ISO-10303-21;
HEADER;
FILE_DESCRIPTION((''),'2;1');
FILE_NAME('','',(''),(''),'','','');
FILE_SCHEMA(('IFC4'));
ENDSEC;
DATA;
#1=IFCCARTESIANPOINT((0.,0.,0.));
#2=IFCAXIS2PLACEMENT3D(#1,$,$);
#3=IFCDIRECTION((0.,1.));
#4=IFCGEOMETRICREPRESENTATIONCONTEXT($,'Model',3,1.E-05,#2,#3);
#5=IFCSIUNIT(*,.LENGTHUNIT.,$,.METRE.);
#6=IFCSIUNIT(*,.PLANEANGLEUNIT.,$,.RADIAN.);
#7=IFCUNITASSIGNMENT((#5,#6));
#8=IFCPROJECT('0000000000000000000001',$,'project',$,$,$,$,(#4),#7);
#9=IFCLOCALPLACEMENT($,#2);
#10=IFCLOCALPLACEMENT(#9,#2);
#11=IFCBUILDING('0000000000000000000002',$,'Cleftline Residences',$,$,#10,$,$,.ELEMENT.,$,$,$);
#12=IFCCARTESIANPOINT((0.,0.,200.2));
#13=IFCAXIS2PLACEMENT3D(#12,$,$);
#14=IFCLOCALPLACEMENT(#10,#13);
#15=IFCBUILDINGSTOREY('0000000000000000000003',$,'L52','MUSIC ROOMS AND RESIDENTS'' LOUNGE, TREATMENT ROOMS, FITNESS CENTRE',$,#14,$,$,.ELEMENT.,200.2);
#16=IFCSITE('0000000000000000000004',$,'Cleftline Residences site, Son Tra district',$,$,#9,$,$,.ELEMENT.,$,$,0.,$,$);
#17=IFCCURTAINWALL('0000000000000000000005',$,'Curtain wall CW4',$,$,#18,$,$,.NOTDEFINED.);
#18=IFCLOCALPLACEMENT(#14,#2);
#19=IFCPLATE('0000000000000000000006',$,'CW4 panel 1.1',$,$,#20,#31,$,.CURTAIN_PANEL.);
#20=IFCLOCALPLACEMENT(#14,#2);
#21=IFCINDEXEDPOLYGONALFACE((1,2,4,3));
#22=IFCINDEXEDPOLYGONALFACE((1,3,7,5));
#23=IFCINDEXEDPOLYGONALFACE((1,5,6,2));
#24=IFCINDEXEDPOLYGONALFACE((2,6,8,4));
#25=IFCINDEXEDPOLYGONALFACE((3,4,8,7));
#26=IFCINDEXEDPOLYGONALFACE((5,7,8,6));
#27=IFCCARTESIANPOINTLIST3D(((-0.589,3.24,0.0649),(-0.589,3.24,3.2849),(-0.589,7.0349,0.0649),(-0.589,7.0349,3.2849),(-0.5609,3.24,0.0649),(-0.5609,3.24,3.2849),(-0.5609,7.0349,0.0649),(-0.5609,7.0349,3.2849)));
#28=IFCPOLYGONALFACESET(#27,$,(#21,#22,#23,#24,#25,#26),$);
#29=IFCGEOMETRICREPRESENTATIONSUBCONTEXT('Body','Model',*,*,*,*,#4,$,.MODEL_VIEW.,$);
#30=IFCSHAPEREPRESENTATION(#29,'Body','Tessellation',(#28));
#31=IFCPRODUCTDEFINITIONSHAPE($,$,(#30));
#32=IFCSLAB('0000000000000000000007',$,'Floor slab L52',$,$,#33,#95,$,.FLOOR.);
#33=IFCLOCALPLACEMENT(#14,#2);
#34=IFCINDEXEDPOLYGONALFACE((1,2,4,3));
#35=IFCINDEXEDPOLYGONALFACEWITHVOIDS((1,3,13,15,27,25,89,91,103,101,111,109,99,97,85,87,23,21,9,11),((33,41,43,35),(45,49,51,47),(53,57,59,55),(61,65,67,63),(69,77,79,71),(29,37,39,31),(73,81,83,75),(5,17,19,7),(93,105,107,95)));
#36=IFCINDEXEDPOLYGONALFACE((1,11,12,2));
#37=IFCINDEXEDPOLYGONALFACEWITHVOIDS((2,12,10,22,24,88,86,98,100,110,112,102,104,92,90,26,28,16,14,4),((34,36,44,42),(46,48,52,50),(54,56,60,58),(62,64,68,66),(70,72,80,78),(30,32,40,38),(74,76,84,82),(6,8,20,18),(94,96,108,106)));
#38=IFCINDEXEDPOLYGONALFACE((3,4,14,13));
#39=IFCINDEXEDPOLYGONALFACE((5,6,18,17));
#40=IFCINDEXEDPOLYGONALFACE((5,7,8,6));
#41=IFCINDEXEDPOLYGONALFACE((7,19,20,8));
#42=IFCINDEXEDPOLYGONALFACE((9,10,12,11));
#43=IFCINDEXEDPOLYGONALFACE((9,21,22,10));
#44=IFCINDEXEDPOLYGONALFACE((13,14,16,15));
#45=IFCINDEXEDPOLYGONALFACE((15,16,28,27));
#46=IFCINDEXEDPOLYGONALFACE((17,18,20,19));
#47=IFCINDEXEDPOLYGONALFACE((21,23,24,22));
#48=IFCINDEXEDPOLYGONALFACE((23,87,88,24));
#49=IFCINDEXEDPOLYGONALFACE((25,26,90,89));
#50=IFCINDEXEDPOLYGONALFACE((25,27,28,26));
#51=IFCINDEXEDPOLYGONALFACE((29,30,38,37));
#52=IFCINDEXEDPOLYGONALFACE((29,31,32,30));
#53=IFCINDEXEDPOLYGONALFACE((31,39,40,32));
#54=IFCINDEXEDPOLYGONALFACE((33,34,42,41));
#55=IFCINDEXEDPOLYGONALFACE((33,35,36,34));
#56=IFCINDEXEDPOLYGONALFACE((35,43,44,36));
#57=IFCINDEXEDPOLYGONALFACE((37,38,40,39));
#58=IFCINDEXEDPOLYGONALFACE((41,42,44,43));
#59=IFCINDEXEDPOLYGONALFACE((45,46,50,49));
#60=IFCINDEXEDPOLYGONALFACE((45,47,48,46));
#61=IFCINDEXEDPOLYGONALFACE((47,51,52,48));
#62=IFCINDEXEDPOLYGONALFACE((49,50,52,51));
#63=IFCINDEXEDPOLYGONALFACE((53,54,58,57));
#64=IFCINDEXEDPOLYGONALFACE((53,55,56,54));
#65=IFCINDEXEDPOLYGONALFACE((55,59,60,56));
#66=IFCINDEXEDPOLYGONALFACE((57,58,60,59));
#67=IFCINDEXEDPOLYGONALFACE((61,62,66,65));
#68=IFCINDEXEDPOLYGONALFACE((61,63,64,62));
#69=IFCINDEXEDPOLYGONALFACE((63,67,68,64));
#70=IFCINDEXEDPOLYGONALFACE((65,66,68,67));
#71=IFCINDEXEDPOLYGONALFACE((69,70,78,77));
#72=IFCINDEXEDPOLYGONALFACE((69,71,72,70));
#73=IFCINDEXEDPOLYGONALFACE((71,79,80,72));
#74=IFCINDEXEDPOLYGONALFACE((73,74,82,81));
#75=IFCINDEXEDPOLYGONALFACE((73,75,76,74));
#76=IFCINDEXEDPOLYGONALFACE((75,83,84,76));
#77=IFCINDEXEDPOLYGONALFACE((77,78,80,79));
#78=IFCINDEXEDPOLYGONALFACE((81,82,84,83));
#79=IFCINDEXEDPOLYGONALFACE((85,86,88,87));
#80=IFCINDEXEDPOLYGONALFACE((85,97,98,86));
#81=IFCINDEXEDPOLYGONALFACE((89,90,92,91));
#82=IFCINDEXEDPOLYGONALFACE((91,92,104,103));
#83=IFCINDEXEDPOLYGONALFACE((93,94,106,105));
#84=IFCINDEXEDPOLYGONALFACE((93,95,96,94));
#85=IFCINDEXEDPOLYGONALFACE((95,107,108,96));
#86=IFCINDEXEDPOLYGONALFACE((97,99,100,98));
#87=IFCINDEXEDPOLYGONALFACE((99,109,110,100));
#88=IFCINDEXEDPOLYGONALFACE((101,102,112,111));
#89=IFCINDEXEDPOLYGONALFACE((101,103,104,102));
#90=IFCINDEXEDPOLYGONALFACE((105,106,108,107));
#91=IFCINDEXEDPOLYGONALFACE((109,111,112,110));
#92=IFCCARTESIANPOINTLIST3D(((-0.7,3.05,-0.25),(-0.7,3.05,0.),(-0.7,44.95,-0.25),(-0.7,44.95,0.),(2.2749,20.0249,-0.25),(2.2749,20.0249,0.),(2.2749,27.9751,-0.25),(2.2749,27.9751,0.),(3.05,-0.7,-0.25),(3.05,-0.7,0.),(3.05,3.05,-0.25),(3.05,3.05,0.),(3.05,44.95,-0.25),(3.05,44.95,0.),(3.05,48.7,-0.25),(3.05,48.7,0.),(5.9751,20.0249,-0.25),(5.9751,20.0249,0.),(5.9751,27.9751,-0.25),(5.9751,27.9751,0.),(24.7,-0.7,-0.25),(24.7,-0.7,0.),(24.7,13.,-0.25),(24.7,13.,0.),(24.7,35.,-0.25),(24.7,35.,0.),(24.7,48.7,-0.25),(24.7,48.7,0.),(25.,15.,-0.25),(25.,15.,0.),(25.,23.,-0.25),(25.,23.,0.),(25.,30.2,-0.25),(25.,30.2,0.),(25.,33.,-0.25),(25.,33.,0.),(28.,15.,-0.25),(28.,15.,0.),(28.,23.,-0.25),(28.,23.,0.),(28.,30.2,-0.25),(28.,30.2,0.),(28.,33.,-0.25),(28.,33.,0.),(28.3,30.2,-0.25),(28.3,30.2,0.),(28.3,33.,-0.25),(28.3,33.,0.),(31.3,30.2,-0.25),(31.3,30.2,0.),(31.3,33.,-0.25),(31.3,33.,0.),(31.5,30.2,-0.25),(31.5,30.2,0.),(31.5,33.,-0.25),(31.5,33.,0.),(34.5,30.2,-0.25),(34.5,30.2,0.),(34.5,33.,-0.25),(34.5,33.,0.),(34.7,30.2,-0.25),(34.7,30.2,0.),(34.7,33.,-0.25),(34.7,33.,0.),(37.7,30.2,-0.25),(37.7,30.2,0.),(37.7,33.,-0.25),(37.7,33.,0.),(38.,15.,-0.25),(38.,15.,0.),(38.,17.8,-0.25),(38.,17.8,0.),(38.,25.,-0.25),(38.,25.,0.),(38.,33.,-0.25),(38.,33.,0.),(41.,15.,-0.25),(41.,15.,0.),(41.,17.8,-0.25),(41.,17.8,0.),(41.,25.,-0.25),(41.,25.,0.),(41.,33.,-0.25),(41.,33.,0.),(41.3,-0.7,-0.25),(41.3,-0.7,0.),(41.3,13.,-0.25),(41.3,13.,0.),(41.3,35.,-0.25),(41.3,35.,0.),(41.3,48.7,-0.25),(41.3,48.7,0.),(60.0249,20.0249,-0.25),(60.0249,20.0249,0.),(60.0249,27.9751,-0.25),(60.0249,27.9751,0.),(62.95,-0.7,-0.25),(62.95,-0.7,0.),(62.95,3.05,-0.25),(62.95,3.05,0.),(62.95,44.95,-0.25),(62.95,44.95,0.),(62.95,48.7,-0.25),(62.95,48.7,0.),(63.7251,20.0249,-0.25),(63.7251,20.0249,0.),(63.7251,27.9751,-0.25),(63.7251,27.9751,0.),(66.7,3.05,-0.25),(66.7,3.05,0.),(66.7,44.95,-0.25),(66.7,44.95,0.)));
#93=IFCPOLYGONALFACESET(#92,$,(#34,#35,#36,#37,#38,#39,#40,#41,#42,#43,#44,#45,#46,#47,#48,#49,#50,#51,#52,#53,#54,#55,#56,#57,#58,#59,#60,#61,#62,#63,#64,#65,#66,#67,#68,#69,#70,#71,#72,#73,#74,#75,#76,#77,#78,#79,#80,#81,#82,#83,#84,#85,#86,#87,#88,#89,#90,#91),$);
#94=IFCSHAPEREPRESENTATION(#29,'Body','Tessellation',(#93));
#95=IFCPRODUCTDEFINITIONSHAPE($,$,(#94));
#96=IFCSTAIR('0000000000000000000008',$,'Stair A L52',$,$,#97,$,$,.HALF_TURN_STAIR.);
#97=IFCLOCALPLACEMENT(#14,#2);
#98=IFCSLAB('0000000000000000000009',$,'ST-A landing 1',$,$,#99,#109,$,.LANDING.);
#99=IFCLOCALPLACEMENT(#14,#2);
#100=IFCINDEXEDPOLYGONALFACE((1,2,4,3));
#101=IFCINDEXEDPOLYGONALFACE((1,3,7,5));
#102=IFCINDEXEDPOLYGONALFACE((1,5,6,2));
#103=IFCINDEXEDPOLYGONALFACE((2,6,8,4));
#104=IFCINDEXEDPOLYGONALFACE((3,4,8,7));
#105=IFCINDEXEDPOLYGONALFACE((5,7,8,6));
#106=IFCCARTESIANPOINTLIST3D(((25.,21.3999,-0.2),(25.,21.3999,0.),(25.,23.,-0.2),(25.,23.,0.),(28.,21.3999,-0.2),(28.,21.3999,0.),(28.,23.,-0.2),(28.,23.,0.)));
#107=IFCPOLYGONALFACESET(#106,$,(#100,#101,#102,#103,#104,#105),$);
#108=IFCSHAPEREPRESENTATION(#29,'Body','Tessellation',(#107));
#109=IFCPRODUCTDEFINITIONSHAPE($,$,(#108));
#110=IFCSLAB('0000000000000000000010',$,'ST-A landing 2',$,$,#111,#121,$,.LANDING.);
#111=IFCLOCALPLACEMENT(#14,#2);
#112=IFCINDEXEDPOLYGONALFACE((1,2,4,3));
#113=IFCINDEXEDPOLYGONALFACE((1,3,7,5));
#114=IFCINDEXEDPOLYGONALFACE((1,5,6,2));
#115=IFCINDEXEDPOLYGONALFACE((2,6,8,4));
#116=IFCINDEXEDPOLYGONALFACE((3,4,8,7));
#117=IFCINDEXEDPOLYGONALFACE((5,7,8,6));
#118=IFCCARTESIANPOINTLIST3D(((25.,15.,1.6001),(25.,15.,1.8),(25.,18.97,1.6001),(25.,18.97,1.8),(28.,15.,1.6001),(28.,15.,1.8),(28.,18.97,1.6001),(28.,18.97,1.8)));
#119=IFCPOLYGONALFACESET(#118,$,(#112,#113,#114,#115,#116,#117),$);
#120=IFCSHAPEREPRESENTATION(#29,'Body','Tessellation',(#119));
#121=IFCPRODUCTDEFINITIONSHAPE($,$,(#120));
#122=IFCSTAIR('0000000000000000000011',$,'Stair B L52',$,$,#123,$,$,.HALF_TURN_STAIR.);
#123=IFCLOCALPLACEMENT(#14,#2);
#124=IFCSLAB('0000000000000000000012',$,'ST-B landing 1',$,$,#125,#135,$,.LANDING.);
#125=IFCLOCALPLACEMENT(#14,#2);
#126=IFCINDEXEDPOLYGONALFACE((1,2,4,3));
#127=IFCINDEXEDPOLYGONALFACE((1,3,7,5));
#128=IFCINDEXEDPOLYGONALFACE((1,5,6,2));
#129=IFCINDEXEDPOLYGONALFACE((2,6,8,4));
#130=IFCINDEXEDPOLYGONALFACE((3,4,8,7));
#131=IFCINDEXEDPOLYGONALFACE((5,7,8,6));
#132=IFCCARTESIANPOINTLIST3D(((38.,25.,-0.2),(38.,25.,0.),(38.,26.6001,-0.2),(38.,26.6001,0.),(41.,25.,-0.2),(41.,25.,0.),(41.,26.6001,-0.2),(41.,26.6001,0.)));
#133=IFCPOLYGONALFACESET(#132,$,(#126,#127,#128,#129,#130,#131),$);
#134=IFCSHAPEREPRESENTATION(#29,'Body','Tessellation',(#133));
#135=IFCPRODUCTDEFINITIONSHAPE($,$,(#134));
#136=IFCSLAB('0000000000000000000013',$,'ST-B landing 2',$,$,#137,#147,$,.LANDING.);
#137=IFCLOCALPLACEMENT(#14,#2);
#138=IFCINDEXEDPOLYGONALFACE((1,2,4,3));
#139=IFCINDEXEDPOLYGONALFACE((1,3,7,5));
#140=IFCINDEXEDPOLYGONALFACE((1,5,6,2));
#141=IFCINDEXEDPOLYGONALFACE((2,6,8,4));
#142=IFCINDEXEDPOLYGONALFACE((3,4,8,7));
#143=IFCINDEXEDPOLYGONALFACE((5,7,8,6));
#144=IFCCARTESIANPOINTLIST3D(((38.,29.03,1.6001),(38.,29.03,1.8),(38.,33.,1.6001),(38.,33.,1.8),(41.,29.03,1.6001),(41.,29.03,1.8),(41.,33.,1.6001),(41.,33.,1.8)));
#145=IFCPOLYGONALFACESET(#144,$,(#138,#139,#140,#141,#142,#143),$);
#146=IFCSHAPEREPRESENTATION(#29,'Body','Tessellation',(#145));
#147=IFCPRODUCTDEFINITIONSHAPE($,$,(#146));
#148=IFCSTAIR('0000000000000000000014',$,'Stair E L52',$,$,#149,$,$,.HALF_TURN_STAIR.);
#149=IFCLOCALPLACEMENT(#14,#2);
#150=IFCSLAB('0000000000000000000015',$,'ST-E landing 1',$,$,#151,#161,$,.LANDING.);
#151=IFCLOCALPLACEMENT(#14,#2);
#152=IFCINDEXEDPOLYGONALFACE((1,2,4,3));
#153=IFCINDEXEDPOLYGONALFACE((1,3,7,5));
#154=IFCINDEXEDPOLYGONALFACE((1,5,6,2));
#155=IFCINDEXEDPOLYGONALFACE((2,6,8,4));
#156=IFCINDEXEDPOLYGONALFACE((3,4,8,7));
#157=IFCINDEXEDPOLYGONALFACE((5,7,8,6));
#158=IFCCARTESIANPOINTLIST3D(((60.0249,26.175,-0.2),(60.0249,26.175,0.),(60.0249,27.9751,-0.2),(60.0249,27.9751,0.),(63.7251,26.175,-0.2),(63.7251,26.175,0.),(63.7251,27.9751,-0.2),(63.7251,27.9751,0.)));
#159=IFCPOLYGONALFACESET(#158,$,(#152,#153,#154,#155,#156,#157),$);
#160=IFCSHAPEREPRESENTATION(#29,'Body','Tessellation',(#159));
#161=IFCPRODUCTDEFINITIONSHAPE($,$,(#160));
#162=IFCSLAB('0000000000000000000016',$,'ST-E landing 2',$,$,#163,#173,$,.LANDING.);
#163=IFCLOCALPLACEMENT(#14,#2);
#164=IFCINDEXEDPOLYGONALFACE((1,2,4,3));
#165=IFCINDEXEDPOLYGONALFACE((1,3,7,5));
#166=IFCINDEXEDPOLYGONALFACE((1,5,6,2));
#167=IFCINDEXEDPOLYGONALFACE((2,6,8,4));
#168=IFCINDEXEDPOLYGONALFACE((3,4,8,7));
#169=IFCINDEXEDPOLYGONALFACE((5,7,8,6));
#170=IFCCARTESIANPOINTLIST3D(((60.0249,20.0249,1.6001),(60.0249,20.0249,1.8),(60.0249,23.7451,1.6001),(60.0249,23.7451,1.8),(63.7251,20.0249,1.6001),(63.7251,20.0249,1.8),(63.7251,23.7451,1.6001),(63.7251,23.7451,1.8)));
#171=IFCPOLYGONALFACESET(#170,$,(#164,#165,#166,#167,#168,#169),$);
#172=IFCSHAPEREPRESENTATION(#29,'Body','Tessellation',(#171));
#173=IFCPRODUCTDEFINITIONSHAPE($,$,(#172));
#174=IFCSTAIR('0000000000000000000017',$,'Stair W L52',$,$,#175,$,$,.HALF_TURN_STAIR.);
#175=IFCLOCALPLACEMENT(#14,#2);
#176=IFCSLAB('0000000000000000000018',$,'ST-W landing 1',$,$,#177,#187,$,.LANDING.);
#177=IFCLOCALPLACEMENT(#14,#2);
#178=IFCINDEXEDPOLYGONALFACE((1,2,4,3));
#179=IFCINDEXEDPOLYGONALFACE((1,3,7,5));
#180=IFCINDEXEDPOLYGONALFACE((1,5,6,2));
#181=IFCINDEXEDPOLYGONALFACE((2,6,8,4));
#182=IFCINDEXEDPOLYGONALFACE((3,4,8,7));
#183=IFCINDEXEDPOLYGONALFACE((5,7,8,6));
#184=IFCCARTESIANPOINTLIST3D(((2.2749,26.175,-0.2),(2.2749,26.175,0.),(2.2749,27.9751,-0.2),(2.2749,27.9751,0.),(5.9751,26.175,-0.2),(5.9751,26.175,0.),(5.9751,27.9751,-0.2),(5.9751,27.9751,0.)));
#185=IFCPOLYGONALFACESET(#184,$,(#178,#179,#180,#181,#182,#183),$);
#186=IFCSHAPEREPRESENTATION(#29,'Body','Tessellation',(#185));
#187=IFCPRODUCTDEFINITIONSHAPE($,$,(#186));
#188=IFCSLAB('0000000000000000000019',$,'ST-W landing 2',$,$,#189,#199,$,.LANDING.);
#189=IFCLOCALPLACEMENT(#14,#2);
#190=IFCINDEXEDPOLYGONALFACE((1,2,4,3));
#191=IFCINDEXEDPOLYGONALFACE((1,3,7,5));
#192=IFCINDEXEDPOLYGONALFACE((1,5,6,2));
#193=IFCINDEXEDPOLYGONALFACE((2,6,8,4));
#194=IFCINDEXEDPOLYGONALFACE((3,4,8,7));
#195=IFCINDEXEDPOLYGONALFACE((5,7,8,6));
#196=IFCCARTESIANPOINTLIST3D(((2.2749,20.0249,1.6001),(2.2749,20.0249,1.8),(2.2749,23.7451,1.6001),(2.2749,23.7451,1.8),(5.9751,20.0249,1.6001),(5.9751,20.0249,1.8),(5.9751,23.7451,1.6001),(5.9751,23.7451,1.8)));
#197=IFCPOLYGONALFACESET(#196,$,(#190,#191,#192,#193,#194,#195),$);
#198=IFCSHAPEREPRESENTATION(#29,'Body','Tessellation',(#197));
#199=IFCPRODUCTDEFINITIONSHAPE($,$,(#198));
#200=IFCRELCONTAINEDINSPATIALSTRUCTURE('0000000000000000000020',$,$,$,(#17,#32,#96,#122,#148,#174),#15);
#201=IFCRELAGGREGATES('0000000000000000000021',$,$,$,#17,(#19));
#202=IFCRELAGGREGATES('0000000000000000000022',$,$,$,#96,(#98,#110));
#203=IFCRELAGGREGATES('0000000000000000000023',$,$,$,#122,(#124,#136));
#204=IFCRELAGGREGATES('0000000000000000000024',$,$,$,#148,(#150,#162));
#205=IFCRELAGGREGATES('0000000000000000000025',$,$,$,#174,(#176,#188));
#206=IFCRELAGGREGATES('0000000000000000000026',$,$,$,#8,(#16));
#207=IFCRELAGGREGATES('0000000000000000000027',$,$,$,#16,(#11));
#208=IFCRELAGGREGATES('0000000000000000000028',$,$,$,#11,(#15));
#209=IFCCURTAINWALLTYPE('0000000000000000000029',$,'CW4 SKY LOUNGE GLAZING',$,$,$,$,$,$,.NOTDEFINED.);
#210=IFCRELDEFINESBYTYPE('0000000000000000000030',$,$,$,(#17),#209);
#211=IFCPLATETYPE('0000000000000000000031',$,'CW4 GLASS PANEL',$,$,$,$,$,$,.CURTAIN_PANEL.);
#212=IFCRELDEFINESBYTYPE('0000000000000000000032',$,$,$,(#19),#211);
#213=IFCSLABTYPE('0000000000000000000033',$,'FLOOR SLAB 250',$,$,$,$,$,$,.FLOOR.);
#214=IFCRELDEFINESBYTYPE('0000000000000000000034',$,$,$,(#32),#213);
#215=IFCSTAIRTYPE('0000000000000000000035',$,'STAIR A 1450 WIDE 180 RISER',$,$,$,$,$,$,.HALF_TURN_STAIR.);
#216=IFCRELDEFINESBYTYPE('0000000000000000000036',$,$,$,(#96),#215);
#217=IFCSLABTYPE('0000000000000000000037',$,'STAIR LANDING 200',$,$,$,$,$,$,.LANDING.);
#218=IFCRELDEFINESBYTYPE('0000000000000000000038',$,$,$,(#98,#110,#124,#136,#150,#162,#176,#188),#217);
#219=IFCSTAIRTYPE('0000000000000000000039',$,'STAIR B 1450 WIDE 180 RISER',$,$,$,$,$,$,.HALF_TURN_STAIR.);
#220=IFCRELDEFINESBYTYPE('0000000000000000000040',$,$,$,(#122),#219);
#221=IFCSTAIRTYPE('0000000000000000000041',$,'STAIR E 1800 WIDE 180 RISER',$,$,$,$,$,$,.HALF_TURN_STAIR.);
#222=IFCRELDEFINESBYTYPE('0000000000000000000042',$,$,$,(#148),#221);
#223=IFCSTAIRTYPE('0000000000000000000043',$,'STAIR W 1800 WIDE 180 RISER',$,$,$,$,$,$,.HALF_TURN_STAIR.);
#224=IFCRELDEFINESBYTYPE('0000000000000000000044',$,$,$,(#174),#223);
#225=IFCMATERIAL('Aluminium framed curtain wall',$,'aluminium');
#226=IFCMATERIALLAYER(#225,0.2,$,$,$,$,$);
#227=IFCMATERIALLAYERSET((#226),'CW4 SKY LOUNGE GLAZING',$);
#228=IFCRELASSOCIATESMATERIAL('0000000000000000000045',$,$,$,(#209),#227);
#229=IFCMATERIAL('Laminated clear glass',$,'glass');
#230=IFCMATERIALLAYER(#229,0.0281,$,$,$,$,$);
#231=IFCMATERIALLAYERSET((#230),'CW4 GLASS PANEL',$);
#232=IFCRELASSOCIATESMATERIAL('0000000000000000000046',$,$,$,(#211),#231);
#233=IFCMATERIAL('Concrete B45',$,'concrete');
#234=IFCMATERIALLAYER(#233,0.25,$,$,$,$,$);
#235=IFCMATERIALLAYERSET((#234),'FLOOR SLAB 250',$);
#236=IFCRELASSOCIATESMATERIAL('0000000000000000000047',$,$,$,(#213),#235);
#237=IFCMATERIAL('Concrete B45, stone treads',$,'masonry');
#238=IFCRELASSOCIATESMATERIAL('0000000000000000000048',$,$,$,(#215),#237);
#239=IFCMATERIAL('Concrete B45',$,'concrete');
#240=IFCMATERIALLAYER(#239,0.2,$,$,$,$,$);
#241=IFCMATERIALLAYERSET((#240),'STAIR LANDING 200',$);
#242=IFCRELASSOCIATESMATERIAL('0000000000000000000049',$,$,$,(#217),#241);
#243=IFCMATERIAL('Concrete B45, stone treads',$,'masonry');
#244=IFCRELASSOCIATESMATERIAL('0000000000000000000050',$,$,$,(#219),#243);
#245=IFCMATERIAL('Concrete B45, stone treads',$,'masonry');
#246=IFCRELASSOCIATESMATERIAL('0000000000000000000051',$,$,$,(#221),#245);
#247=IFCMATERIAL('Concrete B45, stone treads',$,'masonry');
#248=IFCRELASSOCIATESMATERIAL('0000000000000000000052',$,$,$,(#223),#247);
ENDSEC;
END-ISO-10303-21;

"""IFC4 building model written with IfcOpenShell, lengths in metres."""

from ifc_helpers import new_model, si_unit, direction, frame, origin, origin_2d, place, context, subcontext, project, spatial, polyline, rectangle, outline, extrude, material, layer, layer_set, type_object, element, aggregate, save


model = new_model("IFC4")

# Units and contexts
model_context = context("Model", 3, precision=1e-05, world=origin(), true_north=direction((0.0, 1.0)))
body_context = subcontext(model_context, "Body", "Model", "MODEL_VIEW")
ifc_project = project(units=[si_unit("LENGTHUNIT", "METRE"), si_unit("PLANEANGLEUNIT", "RADIAN")], contexts=[model_context])

# Site, building, storey
site_placement = place(None, origin())
site = spatial("IfcSite", under=ifc_project, at=site_placement, Name="Cleftline Residences site, Son Tra district", CompositionType="ELEMENT", RefElevation=0.0)
building_placement = place(site_placement, origin())
building = spatial("IfcBuilding", under=site, at=building_placement, Name="Cleftline Residences", CompositionType="ELEMENT")
storey_placement = place(building_placement, frame((0.0, 0.0, 200.2)))
storey = spatial("IfcBuildingStorey", under=building, at=storey_placement, Name="L52", Description="MUSIC ROOMS AND RESIDENTS' LOUNGE, TREATMENT ROOMS, FITNESS CENTRE", CompositionType="ELEMENT", Elevation=200.2)

# Curtain wall, plate
ifc_material_1 = material(Name="Aluminium framed curtain wall", Category="aluminium")
ifc_layer_1 = layer(ifc_material_1, 0.2)
ifc_layer_set_1 = layer_set([ifc_layer_1], Name="CW4 SKY LOUNGE GLAZING")
curtain_wall_type = type_object("IfcCurtainWallType", Name="CW4 SKY LOUNGE GLAZING", PredefinedType="NOTDEFINED", material=ifc_layer_set_1)
curtain_wall_placement = place(storey_placement, origin())
curtain_wall = element("IfcCurtainWall", 1, at=curtain_wall_placement, inside=storey, type_object=curtain_wall_type, Name="Curtain wall CW4", PredefinedType="NOTDEFINED")
ifc_material_2 = material(Name="Laminated clear glass", Category="glass")
ifc_layer_2 = layer(ifc_material_2, 0.0281)
ifc_layer_set_2 = layer_set([ifc_layer_2], Name="CW4 GLASS PANEL")
plate_type = type_object("IfcPlateType", Name="CW4 GLASS PANEL", PredefinedType="CURTAIN_PANEL", material=ifc_layer_set_2)
plate_placement = place(storey_placement, frame((-0.575, 5.1375, 0.0649), z_axis=(0.0, 0.0, 1.0), x_axis=(0.0, -1.0, 0.0)))
plate = element("IfcPlate", 2, at=plate_placement, type_object=plate_type, Name="CW4 panel 1.1", PredefinedType="CURTAIN_PANEL", context=body_context, shape_type="SweptSolid", body=[
    extrude(rectangle(XDim=3.7949, YDim=0.0281, at=origin_2d()), origin(), (0.0, 0.0, 1.0), 3.22),
])
aggregate(curtain_wall, [plate])

# Slab
ifc_material_3 = material(Name="Concrete B45", Category="concrete")
ifc_layer_3 = layer(ifc_material_3, 0.25)
ifc_layer_set_3 = layer_set([ifc_layer_3], Name="FLOOR SLAB 250")
slab_type_1 = type_object("IfcSlabType", Name="FLOOR SLAB 250", PredefinedType="FLOOR", material=ifc_layer_set_3)
slab_1_placement = place(storey_placement, frame((0.0, 0.0, -0.25)))
element("IfcSlab", 3, at=slab_1_placement, inside=storey, type_object=slab_type_1, Name="Floor slab L52", PredefinedType="FLOOR", context=body_context, shape_type="SweptSolid", body=[
    extrude(outline(polyline([(24.7, 13.0), (41.3, 13.0), (41.3, -0.7), (62.95, -0.7), (62.95, 3.05), (66.7, 3.05), (66.7, 44.95), (62.95, 44.95), (62.95, 48.7), (41.3, 48.7), (41.3, 35.0), (24.7, 35.0), (24.7, 48.7), (3.05, 48.7), (3.05, 44.95), (-0.7, 44.95), (-0.7, 3.05), (3.05, 3.05), (3.05, -0.7), (24.7, -0.7), (24.7, 13.0)]), holes=[polyline([(28.0, 15.0), (28.0, 23.0), (25.0, 23.0), (25.0, 15.0), (28.0, 15.0)]), polyline([(41.0, 25.0), (41.0, 33.0), (38.0, 33.0), (38.0, 25.0), (41.0, 25.0)]), polyline([(28.0, 30.2), (28.0, 33.0), (25.0, 33.0), (25.0, 30.2), (28.0, 30.2)]), polyline([(41.0, 15.0), (41.0, 17.8), (38.0, 17.8), (38.0, 15.0), (41.0, 15.0)]), polyline([(31.3, 30.2), (31.3, 33.0), (28.3, 33.0), (28.3, 30.2), (31.3, 30.2)]), polyline([(34.5, 30.2), (34.5, 33.0), (31.5, 33.0), (31.5, 30.2), (34.5, 30.2)]), polyline([(37.7, 30.2), (37.7, 33.0), (34.7, 33.0), (34.7, 30.2), (37.7, 30.2)]), polyline([(63.7251, 20.0249), (63.7251, 27.9751), (60.0249, 27.9751), (60.0249, 20.0249), (63.7251, 20.0249)]), polyline([(5.9751, 20.0249), (5.9751, 27.9751), (2.2749, 27.9751), (2.2749, 20.0249), (5.9751, 20.0249)])]), origin(), (0.0, 0.0, 1.0), 0.25),
])

# Stairs, slabs
ifc_material_4 = material(Name="Concrete B45, stone treads", Category="masonry")
stair_type_1 = type_object("IfcStairType", Name="STAIR A 1450 WIDE 180 RISER", PredefinedType="HALF_TURN_STAIR", material=ifc_material_4)
stair_1_placement = place(storey_placement, origin())
stair_1 = element("IfcStair", 4, at=stair_1_placement, inside=storey, type_object=stair_type_1, Name="Stair A L52", PredefinedType="HALF_TURN_STAIR")
ifc_material_5 = material(Name="Concrete B45", Category="concrete")
ifc_layer_4 = layer(ifc_material_5, 0.2)
ifc_layer_set_4 = layer_set([ifc_layer_4], Name="STAIR LANDING 200")
slab_type_2 = type_object("IfcSlabType", Name="STAIR LANDING 200", PredefinedType="LANDING", material=ifc_layer_set_4)
slab_2_placement = place(storey_placement, frame((0.0, 0.0, -0.2)))
slab_2 = element("IfcSlab", 5, at=slab_2_placement, type_object=slab_type_2, Name="ST-A landing 1", PredefinedType="LANDING", context=body_context, shape_type="SweptSolid", body=[
    extrude(outline(polyline([(25.0, 21.3999), (28.0, 21.3999), (28.0, 23.0), (25.0, 23.0), (25.0, 21.3999)])), origin(), (0.0, 0.0, 1.0), 0.2),
])
slab_3_placement = place(storey_placement, frame((0.0, 0.0, 1.6001)))
slab_3 = element("IfcSlab", 6, at=slab_3_placement, type_object=slab_type_2, Name="ST-A landing 2", PredefinedType="LANDING", context=body_context, shape_type="SweptSolid", body=[
    extrude(outline(polyline([(25.0, 15.0), (28.0, 15.0), (28.0, 18.97), (25.0, 18.97), (25.0, 15.0)])), origin(), (0.0, 0.0, 1.0), 0.2),
])
aggregate(stair_1, [slab_2, slab_3])
ifc_material_6 = material(Name="Concrete B45, stone treads", Category="masonry")
stair_type_2 = type_object("IfcStairType", Name="STAIR B 1450 WIDE 180 RISER", PredefinedType="HALF_TURN_STAIR", material=ifc_material_6)
stair_2_placement = place(storey_placement, origin())
stair_2 = element("IfcStair", 7, at=stair_2_placement, inside=storey, type_object=stair_type_2, Name="Stair B L52", PredefinedType="HALF_TURN_STAIR")
slab_4_placement = place(storey_placement, frame((0.0, 0.0, -0.2)))
slab_4 = element("IfcSlab", 8, at=slab_4_placement, type_object=slab_type_2, Name="ST-B landing 1", PredefinedType="LANDING", context=body_context, shape_type="SweptSolid", body=[
    extrude(outline(polyline([(38.0, 25.0), (41.0, 25.0), (41.0, 26.6001), (38.0, 26.6001), (38.0, 25.0)])), origin(), (0.0, 0.0, 1.0), 0.2),
])
slab_5_placement = place(storey_placement, frame((0.0, 0.0, 1.6001)))
slab_5 = element("IfcSlab", 9, at=slab_5_placement, type_object=slab_type_2, Name="ST-B landing 2", PredefinedType="LANDING", context=body_context, shape_type="SweptSolid", body=[
    extrude(outline(polyline([(38.0, 29.03), (41.0, 29.03), (41.0, 33.0), (38.0, 33.0), (38.0, 29.03)])), origin(), (0.0, 0.0, 1.0), 0.2),
])
aggregate(stair_2, [slab_4, slab_5])
ifc_material_7 = material(Name="Concrete B45, stone treads", Category="masonry")
stair_type_3 = type_object("IfcStairType", Name="STAIR E 1800 WIDE 180 RISER", PredefinedType="HALF_TURN_STAIR", material=ifc_material_7)
stair_3_placement = place(storey_placement, origin())
stair_3 = element("IfcStair", 10, at=stair_3_placement, inside=storey, type_object=stair_type_3, Name="Stair E L52", PredefinedType="HALF_TURN_STAIR")
slab_6_placement = place(storey_placement, frame((0.0, 0.0, -0.2)))
slab_6 = element("IfcSlab", 11, at=slab_6_placement, type_object=slab_type_2, Name="ST-E landing 1", PredefinedType="LANDING", context=body_context, shape_type="SweptSolid", body=[
    extrude(outline(polyline([(60.0249, 26.175), (63.7251, 26.175), (63.7251, 27.9751), (60.0249, 27.9751), (60.0249, 26.175)])), origin(), (0.0, 0.0, 1.0), 0.2),
])
slab_7_placement = place(storey_placement, frame((0.0, 0.0, 1.6001)))
slab_7 = element("IfcSlab", 12, at=slab_7_placement, type_object=slab_type_2, Name="ST-E landing 2", PredefinedType="LANDING", context=body_context, shape_type="SweptSolid", body=[
    extrude(outline(polyline([(60.0249, 20.0249), (63.7251, 20.0249), (63.7251, 23.7451), (60.0249, 23.7451), (60.0249, 20.0249)])), origin(), (0.0, 0.0, 1.0), 0.2),
])
aggregate(stair_3, [slab_6, slab_7])
ifc_material_8 = material(Name="Concrete B45, stone treads", Category="masonry")
stair_type_4 = type_object("IfcStairType", Name="STAIR W 1800 WIDE 180 RISER", PredefinedType="HALF_TURN_STAIR", material=ifc_material_8)
stair_4_placement = place(storey_placement, origin())
stair_4 = element("IfcStair", 13, at=stair_4_placement, inside=storey, type_object=stair_type_4, Name="Stair W L52", PredefinedType="HALF_TURN_STAIR")
slab_8_placement = place(storey_placement, frame((0.0, 0.0, -0.2)))
slab_8 = element("IfcSlab", 14, at=slab_8_placement, type_object=slab_type_2, Name="ST-W landing 1", PredefinedType="LANDING", context=body_context, shape_type="SweptSolid", body=[
    extrude(outline(polyline([(2.2749, 26.175), (5.9751, 26.175), (5.9751, 27.9751), (2.2749, 27.9751), (2.2749, 26.175)])), origin(), (0.0, 0.0, 1.0), 0.2),
])
slab_9_placement = place(storey_placement, frame((0.0, 0.0, 1.6001)))
slab_9 = element("IfcSlab", 15, at=slab_9_placement, type_object=slab_type_2, Name="ST-W landing 2", PredefinedType="LANDING", context=body_context, shape_type="SweptSolid", body=[
    extrude(outline(polyline([(2.2749, 20.0249), (5.9751, 20.0249), (5.9751, 23.7451), (2.2749, 23.7451), (2.2749, 20.0249)])), origin(), (0.0, 0.0, 1.0), 0.2),
])
aggregate(stair_4, [slab_8, slab_9])

save(model, "model.ifc")
